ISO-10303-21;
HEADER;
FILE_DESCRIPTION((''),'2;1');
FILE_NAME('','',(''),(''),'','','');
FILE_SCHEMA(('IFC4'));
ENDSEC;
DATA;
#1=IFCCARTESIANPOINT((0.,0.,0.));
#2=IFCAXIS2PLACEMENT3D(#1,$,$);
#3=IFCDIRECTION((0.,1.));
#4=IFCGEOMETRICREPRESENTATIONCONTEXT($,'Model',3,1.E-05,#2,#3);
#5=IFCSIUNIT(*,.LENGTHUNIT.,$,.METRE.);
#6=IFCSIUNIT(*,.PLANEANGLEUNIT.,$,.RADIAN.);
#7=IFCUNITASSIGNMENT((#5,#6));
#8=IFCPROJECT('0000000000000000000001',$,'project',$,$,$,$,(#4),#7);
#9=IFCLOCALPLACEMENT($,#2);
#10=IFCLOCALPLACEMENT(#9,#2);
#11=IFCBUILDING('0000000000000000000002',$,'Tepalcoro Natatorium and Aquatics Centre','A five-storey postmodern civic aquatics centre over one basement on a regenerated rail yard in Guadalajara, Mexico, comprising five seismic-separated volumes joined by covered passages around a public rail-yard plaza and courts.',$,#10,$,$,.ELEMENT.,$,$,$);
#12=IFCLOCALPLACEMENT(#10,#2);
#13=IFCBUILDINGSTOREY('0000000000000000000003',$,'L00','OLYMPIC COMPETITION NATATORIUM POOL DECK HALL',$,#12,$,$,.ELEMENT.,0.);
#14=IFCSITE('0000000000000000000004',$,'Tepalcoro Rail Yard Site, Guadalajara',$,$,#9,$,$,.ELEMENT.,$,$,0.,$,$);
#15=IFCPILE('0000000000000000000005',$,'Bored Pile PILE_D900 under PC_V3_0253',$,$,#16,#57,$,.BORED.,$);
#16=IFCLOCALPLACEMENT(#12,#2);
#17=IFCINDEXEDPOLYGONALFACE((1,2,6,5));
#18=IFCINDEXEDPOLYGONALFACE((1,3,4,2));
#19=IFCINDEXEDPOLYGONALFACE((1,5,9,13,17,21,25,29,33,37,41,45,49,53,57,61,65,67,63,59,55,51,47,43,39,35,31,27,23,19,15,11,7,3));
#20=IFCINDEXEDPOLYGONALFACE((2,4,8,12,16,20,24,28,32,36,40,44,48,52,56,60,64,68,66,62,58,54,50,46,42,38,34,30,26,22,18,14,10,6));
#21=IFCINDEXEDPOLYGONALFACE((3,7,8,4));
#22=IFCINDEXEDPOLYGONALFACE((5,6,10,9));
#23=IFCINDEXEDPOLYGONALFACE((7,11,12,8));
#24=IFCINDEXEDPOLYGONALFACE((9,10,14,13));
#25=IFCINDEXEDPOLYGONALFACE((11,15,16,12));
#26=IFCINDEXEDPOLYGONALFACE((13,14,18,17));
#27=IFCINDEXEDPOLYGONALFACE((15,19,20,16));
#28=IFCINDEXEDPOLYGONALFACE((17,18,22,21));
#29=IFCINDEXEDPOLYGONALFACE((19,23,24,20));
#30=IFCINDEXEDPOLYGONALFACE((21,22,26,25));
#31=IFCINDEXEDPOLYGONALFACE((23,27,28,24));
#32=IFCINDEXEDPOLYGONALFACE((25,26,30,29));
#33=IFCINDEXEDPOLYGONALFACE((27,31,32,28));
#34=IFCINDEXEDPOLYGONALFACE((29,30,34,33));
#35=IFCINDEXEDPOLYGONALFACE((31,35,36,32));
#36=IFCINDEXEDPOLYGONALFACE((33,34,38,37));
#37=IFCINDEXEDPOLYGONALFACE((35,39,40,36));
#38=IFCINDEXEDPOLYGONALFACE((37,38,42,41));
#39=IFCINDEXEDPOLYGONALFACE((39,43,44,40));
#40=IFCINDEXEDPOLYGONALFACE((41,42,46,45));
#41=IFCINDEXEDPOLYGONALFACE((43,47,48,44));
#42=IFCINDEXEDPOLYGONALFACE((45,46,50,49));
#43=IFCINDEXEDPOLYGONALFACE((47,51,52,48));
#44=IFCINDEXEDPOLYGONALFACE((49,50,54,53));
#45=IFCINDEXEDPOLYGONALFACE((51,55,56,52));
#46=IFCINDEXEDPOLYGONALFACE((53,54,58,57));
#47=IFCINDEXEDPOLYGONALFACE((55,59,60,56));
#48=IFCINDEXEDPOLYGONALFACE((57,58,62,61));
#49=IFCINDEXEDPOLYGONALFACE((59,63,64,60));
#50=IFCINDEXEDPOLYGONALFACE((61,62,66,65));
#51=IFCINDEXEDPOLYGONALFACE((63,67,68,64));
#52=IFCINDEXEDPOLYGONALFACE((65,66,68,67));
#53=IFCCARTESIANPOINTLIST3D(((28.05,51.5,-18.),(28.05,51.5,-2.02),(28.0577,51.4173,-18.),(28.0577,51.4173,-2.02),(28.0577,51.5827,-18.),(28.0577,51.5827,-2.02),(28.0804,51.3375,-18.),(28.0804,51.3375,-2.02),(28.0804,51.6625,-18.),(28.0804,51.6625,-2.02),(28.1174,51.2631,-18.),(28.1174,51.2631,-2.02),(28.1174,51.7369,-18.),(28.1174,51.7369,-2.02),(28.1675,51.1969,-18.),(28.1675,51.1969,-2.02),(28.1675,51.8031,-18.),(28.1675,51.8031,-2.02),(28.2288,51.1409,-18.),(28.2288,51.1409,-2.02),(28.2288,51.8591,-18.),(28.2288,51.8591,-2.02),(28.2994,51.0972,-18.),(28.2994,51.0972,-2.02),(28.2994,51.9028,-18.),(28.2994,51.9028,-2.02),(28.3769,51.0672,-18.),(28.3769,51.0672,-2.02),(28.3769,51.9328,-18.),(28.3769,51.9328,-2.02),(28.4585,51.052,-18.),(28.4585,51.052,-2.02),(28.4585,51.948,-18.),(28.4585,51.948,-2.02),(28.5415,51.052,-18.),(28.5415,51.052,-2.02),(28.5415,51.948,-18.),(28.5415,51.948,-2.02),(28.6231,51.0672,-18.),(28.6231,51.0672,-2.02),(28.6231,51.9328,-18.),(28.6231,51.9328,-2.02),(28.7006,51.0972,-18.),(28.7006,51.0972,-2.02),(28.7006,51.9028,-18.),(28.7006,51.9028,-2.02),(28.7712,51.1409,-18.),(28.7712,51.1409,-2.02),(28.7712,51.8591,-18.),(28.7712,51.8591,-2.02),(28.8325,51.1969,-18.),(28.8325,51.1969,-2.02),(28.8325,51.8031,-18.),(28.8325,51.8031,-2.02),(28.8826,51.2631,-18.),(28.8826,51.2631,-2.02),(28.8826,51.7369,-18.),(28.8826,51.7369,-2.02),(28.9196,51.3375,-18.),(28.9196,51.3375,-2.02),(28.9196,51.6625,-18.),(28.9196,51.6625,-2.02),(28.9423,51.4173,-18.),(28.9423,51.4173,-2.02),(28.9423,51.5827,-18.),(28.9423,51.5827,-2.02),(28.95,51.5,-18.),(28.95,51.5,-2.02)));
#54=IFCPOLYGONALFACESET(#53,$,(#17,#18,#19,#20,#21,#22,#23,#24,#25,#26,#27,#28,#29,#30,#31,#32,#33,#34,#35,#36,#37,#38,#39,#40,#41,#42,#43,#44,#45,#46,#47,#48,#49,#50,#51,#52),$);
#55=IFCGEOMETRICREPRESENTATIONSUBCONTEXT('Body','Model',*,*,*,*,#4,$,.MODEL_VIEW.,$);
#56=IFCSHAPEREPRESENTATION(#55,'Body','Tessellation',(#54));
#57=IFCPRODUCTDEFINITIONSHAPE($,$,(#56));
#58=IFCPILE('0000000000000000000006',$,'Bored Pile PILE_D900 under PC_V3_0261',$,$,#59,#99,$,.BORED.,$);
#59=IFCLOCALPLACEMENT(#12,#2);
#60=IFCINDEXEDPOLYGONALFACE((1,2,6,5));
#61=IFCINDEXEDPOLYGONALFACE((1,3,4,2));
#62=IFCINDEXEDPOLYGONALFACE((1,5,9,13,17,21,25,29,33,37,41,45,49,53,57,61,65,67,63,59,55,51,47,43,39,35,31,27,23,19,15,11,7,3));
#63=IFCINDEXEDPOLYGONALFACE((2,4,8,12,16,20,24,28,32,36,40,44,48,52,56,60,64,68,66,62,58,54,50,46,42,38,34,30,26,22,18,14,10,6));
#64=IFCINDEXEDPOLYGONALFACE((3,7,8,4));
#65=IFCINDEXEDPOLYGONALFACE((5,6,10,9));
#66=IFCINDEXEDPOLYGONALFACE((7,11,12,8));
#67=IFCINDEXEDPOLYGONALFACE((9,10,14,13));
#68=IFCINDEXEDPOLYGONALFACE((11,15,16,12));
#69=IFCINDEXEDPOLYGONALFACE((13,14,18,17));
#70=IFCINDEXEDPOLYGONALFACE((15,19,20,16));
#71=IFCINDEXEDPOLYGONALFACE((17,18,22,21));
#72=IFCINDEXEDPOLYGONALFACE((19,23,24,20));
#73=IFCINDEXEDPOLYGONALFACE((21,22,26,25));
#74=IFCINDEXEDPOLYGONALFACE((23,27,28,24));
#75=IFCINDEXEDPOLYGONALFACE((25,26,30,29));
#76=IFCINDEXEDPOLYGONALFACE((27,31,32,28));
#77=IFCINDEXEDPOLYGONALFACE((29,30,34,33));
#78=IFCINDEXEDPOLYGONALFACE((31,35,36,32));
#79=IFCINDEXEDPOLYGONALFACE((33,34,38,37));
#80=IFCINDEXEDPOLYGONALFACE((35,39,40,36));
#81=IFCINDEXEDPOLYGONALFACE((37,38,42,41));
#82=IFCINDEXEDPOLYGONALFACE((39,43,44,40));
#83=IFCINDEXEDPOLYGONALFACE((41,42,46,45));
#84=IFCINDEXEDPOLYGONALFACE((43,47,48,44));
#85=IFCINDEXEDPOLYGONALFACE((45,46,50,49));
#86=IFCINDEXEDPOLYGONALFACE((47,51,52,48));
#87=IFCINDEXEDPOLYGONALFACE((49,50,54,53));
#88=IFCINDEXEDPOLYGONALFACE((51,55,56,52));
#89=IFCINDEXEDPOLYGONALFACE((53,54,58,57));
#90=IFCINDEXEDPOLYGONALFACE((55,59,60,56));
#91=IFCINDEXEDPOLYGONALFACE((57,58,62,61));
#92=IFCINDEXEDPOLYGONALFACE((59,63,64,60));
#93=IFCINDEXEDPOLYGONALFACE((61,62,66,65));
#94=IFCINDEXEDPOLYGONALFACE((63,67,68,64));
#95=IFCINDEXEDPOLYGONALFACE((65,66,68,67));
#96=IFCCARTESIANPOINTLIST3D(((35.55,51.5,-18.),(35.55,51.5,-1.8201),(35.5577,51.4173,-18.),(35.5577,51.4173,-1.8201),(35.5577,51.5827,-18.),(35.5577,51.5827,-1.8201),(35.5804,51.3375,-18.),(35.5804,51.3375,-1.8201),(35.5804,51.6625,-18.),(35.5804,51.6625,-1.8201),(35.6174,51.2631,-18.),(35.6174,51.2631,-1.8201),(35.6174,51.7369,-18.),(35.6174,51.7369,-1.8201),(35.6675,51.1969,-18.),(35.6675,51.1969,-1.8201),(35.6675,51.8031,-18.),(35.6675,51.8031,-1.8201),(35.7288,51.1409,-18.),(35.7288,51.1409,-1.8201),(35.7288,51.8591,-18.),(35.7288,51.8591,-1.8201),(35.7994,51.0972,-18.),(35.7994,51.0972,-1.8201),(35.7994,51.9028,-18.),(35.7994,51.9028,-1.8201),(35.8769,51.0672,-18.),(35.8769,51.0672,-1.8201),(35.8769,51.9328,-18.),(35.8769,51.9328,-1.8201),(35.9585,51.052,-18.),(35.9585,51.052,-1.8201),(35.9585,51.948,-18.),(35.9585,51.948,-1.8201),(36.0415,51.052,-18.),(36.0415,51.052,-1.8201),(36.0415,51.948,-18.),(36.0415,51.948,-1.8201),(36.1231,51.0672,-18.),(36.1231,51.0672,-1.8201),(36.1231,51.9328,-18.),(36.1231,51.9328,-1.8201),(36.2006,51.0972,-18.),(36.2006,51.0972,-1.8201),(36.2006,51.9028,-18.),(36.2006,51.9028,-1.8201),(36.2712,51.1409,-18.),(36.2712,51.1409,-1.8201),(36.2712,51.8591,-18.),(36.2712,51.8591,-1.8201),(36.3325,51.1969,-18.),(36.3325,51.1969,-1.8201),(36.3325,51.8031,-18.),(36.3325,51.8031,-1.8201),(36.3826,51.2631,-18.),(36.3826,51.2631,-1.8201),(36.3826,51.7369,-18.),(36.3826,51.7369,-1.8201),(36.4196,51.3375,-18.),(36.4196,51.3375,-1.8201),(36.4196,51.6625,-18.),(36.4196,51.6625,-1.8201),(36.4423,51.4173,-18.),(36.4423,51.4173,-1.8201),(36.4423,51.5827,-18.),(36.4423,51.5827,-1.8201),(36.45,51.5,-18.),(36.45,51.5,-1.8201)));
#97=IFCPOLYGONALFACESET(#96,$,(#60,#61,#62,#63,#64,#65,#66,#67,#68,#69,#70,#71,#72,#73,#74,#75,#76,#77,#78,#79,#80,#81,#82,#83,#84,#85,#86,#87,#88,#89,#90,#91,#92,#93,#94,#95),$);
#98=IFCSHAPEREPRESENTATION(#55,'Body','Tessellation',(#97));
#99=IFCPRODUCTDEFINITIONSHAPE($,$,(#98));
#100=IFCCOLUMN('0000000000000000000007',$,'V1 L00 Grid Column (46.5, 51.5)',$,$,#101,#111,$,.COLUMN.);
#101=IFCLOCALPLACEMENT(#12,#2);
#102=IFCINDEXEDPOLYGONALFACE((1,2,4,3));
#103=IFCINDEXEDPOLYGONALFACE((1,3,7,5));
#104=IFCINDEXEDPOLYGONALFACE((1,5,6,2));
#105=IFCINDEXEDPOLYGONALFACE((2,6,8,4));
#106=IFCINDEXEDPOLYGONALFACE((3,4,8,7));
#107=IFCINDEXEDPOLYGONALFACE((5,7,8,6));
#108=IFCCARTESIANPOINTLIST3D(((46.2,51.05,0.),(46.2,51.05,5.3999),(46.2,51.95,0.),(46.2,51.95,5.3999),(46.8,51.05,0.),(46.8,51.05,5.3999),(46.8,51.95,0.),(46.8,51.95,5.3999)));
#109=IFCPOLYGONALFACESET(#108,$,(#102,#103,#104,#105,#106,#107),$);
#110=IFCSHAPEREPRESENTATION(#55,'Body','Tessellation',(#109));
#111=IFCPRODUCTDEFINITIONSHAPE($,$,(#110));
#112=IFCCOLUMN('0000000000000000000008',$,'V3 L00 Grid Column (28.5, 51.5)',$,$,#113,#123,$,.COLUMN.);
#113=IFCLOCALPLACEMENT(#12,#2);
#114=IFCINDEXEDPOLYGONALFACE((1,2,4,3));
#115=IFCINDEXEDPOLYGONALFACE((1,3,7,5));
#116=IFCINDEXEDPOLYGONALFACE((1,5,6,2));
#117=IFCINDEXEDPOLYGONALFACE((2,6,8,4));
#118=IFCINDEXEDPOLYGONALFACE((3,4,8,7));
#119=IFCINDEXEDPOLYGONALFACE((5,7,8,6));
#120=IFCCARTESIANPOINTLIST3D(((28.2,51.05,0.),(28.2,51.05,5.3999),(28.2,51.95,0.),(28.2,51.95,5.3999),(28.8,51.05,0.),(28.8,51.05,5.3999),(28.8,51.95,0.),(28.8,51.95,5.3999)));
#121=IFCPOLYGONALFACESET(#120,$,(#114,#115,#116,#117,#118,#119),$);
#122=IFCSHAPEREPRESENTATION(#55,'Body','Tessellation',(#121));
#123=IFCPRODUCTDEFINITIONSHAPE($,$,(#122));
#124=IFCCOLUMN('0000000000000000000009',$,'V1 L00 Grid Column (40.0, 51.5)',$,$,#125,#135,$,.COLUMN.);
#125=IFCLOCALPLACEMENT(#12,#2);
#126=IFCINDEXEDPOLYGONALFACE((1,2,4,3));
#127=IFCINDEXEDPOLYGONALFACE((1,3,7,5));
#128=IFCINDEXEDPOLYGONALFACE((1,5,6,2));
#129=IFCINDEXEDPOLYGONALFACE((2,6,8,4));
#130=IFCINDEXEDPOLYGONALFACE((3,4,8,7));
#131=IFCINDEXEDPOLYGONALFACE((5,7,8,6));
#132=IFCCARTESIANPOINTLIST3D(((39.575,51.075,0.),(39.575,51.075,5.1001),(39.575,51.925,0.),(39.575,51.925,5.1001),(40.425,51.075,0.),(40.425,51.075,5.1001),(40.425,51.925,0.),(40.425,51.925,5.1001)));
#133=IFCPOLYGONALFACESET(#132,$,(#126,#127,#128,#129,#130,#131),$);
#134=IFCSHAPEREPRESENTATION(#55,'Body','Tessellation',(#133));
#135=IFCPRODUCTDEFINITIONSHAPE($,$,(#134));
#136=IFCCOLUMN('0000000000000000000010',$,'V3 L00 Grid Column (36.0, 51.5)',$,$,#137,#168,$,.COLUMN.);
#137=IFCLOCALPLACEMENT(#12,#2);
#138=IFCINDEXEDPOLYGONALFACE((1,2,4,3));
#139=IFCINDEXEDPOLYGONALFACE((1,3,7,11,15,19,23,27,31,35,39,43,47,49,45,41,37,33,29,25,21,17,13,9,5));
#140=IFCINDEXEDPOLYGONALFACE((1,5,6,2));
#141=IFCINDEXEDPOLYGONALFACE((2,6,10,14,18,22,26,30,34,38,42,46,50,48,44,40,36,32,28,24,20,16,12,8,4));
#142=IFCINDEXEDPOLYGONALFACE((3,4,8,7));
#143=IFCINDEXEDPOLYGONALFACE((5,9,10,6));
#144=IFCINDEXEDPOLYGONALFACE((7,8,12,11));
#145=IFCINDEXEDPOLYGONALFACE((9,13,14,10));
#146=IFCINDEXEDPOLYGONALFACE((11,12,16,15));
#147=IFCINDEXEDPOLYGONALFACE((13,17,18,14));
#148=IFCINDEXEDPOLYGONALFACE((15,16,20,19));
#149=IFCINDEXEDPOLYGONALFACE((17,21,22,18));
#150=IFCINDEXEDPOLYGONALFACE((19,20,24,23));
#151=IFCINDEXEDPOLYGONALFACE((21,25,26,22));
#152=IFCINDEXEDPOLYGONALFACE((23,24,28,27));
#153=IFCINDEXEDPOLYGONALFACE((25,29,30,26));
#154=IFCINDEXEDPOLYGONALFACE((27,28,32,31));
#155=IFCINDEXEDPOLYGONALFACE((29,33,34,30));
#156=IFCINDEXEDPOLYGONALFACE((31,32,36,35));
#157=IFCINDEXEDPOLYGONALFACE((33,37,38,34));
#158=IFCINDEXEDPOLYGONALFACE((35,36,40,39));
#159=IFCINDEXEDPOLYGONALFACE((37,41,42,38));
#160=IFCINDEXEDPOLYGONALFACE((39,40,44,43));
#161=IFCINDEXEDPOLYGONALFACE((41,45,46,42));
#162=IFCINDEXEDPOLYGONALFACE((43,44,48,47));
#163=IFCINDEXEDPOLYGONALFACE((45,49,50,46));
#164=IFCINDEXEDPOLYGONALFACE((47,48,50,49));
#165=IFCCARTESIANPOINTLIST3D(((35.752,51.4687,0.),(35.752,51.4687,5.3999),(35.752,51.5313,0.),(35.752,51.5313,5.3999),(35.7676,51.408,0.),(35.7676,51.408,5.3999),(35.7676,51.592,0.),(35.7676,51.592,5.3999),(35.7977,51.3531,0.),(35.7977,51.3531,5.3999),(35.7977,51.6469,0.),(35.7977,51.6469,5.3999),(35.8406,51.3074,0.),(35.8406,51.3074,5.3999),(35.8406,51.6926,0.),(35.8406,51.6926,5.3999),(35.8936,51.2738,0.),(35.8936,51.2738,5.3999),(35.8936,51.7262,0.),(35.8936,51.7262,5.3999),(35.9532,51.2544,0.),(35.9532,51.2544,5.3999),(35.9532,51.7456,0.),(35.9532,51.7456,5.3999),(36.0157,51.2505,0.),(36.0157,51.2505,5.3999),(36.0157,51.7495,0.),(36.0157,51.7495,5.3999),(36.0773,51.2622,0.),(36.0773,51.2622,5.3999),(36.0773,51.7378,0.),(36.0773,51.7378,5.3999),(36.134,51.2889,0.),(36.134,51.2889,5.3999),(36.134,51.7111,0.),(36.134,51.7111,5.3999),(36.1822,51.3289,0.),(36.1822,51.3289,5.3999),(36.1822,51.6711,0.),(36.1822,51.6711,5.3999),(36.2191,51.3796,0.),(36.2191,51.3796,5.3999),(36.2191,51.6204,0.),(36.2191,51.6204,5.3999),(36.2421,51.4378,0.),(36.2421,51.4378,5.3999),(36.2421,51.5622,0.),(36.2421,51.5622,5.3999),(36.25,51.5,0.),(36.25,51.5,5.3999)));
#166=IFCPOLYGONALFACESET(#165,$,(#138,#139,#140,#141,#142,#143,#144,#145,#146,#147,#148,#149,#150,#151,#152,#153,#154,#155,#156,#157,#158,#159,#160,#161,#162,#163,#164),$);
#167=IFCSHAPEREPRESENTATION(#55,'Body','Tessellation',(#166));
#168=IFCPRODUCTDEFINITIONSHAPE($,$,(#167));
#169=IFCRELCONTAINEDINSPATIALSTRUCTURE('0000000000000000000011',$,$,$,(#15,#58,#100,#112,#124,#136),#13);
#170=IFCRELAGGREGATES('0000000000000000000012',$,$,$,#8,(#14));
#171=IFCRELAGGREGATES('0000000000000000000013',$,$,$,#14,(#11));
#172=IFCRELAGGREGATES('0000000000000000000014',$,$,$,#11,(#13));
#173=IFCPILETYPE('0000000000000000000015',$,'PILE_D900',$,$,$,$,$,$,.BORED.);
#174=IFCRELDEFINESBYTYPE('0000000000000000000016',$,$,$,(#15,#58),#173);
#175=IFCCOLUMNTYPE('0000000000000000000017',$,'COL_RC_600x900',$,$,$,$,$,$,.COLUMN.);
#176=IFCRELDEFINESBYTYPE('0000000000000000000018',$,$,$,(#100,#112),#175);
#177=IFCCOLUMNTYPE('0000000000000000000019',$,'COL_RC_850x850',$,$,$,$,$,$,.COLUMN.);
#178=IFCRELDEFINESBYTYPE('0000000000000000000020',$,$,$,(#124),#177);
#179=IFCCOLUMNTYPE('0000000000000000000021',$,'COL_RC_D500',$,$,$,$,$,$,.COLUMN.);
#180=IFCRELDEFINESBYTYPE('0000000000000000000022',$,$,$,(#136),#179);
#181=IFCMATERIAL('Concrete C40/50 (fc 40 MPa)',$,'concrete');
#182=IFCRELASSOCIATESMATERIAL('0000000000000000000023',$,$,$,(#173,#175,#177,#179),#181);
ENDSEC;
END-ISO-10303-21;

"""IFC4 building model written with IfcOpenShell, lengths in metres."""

from ifc_helpers import new_model, si_unit, direction, frame, origin, origin_2d, place, context, subcontext, project, spatial, rectangle, circle, extrude, material, material_profile, profile_set, type_object, element, save


model = new_model("IFC4")

# Units and contexts
model_context = context("Model", 3, precision=1e-05, world=origin(), true_north=direction((0.0, 1.0)))
body_context = subcontext(model_context, "Body", "Model", "MODEL_VIEW")
ifc_project = project(units=[si_unit("LENGTHUNIT", "METRE"), si_unit("PLANEANGLEUNIT", "RADIAN")], contexts=[model_context])

# Site, building, storey
site_placement = place(None, origin())
site = spatial("IfcSite", under=ifc_project, at=site_placement, Name="Tepalcoro Rail Yard Site, Guadalajara", CompositionType="ELEMENT", RefElevation=0.0)
building_placement = place(site_placement, origin())
building = spatial("IfcBuilding", under=site, at=building_placement, Name="Tepalcoro Natatorium and Aquatics Centre", Description="A five-storey postmodern civic aquatics centre over one basement on a regenerated rail yard in Guadalajara, Mexico, comprising five seismic-separated volumes joined by covered passages around a public rail-yard plaza and courts.", CompositionType="ELEMENT")
storey_placement = place(building_placement, origin())
storey = spatial("IfcBuildingStorey", under=building, at=storey_placement, Name="L00", Description="OLYMPIC COMPETITION NATATORIUM POOL DECK HALL", CompositionType="ELEMENT", Elevation=0.0)

# Piles
ifc_material_1 = material(Name="Concrete C40/50 (fc 40 MPa)", Category="concrete")
ifc_material_profile_1 = material_profile(ifc_material_1, circle(Radius=0.45, at=origin_2d()), Name="PILE_D900")
ifc_profile_set_1 = profile_set([ifc_material_profile_1], Name="Concrete C40/50 (fc 40 MPa)")
pile_type = type_object("IfcPileType", Name="PILE_D900", PredefinedType="BORED", material=ifc_profile_set_1)
pile_1_placement = place(storey_placement, frame((28.5, 51.5, -2.02), z_axis=(0.0, 0.0, -1.0), x_axis=(1.0, 0.0, 0.0)))
element("IfcPile", 1, at=pile_1_placement, inside=storey, type_object=pile_type, Name="Bored Pile PILE_D900 under PC_V3_0253", PredefinedType="BORED", context=body_context, shape_type="SweptSolid", body=[
    extrude(circle(Radius=0.45, at=origin_2d()), origin(), (0.0, 0.0, 1.0), 15.98),
])
pile_2_placement = place(storey_placement, frame((36.0, 51.5, -1.8201), z_axis=(0.0, 0.0, -1.0), x_axis=(1.0, 0.0, 0.0)))
element("IfcPile", 2, at=pile_2_placement, inside=storey, type_object=pile_type, Name="Bored Pile PILE_D900 under PC_V3_0261", PredefinedType="BORED", context=body_context, shape_type="SweptSolid", body=[
    extrude(circle(Radius=0.45, at=origin_2d()), origin(), (0.0, 0.0, 1.0), 16.1799),
])

# Columns
ifc_material_profile_2 = material_profile(ifc_material_1, rectangle(XDim=0.6001, YDim=0.8999, at=origin_2d()), Name="RC600x900")
ifc_profile_set_2 = profile_set([ifc_material_profile_2], Name="Concrete C40/50 (fc 40 MPa)")
column_type_1 = type_object("IfcColumnType", Name="COL_RC_600x900", PredefinedType="COLUMN", material=ifc_profile_set_2)
for number, where, z_axis, x_axis, name in (
    (3, (46.5, 51.5, 0.0), (0.0, 0.0, 1.0), (1.0, 0.0, 0.0), "V1 L00 Grid Column (46.5, 51.5)"),
    (4, (28.5, 51.5, 0.0), (0.0, 0.0, 1.0), (1.0, 0.0, 0.0), "V3 L00 Grid Column (28.5, 51.5)"),
):
    element("IfcColumn", number, at=place(storey_placement, frame(where, z_axis=z_axis, x_axis=x_axis)), inside=storey, type_object=column_type_1, Name=name, PredefinedType="COLUMN", context=body_context, shape_type="SweptSolid", body=[
        extrude(rectangle(XDim=0.6001, YDim=0.8999, at=origin_2d()), origin(), (0.0, 0.0, 1.0), 5.3999),
    ])
ifc_material_profile_3 = material_profile(ifc_material_1, rectangle(XDim=0.8501, YDim=0.8501, at=origin_2d()), Name="RC850x850")
ifc_profile_set_3 = profile_set([ifc_material_profile_3], Name="Concrete C40/50 (fc 40 MPa)")
column_type_2 = type_object("IfcColumnType", Name="COL_RC_850x850", PredefinedType="COLUMN", material=ifc_profile_set_3)
column_1_placement = place(storey_placement, frame((40.0, 51.5, 0.0), z_axis=(0.0, 0.0, 1.0), x_axis=(1.0, 0.0, 0.0)))
element("IfcColumn", 5, at=column_1_placement, inside=storey, type_object=column_type_2, Name="V1 L00 Grid Column (40.0, 51.5)", PredefinedType="COLUMN", context=body_context, shape_type="SweptSolid", body=[
    extrude(rectangle(XDim=0.8501, YDim=0.8501, at=origin_2d()), origin(), (0.0, 0.0, 1.0), 5.1001),
])
ifc_material_profile_4 = material_profile(ifc_material_1, circle(Radius=0.25, at=origin_2d()), Name="RCD500")
ifc_profile_set_4 = profile_set([ifc_material_profile_4], Name="Concrete C40/50 (fc 40 MPa)")
column_type_3 = type_object("IfcColumnType", Name="COL_RC_D500", PredefinedType="COLUMN", material=ifc_profile_set_4)
column_2_placement = place(storey_placement, frame((36.0, 51.5, 0.0), z_axis=(0.0, 0.0, 1.0), x_axis=(1.0, 0.0, 0.0)))
element("IfcColumn", 6, at=column_2_placement, inside=storey, type_object=column_type_3, Name="V3 L00 Grid Column (36.0, 51.5)", PredefinedType="COLUMN", context=body_context, shape_type="SweptSolid", body=[
    extrude(circle(Radius=0.25, at=origin_2d()), origin(), (0.0, 0.0, 1.0), 5.3999),
])

save(model, "model.ifc")
